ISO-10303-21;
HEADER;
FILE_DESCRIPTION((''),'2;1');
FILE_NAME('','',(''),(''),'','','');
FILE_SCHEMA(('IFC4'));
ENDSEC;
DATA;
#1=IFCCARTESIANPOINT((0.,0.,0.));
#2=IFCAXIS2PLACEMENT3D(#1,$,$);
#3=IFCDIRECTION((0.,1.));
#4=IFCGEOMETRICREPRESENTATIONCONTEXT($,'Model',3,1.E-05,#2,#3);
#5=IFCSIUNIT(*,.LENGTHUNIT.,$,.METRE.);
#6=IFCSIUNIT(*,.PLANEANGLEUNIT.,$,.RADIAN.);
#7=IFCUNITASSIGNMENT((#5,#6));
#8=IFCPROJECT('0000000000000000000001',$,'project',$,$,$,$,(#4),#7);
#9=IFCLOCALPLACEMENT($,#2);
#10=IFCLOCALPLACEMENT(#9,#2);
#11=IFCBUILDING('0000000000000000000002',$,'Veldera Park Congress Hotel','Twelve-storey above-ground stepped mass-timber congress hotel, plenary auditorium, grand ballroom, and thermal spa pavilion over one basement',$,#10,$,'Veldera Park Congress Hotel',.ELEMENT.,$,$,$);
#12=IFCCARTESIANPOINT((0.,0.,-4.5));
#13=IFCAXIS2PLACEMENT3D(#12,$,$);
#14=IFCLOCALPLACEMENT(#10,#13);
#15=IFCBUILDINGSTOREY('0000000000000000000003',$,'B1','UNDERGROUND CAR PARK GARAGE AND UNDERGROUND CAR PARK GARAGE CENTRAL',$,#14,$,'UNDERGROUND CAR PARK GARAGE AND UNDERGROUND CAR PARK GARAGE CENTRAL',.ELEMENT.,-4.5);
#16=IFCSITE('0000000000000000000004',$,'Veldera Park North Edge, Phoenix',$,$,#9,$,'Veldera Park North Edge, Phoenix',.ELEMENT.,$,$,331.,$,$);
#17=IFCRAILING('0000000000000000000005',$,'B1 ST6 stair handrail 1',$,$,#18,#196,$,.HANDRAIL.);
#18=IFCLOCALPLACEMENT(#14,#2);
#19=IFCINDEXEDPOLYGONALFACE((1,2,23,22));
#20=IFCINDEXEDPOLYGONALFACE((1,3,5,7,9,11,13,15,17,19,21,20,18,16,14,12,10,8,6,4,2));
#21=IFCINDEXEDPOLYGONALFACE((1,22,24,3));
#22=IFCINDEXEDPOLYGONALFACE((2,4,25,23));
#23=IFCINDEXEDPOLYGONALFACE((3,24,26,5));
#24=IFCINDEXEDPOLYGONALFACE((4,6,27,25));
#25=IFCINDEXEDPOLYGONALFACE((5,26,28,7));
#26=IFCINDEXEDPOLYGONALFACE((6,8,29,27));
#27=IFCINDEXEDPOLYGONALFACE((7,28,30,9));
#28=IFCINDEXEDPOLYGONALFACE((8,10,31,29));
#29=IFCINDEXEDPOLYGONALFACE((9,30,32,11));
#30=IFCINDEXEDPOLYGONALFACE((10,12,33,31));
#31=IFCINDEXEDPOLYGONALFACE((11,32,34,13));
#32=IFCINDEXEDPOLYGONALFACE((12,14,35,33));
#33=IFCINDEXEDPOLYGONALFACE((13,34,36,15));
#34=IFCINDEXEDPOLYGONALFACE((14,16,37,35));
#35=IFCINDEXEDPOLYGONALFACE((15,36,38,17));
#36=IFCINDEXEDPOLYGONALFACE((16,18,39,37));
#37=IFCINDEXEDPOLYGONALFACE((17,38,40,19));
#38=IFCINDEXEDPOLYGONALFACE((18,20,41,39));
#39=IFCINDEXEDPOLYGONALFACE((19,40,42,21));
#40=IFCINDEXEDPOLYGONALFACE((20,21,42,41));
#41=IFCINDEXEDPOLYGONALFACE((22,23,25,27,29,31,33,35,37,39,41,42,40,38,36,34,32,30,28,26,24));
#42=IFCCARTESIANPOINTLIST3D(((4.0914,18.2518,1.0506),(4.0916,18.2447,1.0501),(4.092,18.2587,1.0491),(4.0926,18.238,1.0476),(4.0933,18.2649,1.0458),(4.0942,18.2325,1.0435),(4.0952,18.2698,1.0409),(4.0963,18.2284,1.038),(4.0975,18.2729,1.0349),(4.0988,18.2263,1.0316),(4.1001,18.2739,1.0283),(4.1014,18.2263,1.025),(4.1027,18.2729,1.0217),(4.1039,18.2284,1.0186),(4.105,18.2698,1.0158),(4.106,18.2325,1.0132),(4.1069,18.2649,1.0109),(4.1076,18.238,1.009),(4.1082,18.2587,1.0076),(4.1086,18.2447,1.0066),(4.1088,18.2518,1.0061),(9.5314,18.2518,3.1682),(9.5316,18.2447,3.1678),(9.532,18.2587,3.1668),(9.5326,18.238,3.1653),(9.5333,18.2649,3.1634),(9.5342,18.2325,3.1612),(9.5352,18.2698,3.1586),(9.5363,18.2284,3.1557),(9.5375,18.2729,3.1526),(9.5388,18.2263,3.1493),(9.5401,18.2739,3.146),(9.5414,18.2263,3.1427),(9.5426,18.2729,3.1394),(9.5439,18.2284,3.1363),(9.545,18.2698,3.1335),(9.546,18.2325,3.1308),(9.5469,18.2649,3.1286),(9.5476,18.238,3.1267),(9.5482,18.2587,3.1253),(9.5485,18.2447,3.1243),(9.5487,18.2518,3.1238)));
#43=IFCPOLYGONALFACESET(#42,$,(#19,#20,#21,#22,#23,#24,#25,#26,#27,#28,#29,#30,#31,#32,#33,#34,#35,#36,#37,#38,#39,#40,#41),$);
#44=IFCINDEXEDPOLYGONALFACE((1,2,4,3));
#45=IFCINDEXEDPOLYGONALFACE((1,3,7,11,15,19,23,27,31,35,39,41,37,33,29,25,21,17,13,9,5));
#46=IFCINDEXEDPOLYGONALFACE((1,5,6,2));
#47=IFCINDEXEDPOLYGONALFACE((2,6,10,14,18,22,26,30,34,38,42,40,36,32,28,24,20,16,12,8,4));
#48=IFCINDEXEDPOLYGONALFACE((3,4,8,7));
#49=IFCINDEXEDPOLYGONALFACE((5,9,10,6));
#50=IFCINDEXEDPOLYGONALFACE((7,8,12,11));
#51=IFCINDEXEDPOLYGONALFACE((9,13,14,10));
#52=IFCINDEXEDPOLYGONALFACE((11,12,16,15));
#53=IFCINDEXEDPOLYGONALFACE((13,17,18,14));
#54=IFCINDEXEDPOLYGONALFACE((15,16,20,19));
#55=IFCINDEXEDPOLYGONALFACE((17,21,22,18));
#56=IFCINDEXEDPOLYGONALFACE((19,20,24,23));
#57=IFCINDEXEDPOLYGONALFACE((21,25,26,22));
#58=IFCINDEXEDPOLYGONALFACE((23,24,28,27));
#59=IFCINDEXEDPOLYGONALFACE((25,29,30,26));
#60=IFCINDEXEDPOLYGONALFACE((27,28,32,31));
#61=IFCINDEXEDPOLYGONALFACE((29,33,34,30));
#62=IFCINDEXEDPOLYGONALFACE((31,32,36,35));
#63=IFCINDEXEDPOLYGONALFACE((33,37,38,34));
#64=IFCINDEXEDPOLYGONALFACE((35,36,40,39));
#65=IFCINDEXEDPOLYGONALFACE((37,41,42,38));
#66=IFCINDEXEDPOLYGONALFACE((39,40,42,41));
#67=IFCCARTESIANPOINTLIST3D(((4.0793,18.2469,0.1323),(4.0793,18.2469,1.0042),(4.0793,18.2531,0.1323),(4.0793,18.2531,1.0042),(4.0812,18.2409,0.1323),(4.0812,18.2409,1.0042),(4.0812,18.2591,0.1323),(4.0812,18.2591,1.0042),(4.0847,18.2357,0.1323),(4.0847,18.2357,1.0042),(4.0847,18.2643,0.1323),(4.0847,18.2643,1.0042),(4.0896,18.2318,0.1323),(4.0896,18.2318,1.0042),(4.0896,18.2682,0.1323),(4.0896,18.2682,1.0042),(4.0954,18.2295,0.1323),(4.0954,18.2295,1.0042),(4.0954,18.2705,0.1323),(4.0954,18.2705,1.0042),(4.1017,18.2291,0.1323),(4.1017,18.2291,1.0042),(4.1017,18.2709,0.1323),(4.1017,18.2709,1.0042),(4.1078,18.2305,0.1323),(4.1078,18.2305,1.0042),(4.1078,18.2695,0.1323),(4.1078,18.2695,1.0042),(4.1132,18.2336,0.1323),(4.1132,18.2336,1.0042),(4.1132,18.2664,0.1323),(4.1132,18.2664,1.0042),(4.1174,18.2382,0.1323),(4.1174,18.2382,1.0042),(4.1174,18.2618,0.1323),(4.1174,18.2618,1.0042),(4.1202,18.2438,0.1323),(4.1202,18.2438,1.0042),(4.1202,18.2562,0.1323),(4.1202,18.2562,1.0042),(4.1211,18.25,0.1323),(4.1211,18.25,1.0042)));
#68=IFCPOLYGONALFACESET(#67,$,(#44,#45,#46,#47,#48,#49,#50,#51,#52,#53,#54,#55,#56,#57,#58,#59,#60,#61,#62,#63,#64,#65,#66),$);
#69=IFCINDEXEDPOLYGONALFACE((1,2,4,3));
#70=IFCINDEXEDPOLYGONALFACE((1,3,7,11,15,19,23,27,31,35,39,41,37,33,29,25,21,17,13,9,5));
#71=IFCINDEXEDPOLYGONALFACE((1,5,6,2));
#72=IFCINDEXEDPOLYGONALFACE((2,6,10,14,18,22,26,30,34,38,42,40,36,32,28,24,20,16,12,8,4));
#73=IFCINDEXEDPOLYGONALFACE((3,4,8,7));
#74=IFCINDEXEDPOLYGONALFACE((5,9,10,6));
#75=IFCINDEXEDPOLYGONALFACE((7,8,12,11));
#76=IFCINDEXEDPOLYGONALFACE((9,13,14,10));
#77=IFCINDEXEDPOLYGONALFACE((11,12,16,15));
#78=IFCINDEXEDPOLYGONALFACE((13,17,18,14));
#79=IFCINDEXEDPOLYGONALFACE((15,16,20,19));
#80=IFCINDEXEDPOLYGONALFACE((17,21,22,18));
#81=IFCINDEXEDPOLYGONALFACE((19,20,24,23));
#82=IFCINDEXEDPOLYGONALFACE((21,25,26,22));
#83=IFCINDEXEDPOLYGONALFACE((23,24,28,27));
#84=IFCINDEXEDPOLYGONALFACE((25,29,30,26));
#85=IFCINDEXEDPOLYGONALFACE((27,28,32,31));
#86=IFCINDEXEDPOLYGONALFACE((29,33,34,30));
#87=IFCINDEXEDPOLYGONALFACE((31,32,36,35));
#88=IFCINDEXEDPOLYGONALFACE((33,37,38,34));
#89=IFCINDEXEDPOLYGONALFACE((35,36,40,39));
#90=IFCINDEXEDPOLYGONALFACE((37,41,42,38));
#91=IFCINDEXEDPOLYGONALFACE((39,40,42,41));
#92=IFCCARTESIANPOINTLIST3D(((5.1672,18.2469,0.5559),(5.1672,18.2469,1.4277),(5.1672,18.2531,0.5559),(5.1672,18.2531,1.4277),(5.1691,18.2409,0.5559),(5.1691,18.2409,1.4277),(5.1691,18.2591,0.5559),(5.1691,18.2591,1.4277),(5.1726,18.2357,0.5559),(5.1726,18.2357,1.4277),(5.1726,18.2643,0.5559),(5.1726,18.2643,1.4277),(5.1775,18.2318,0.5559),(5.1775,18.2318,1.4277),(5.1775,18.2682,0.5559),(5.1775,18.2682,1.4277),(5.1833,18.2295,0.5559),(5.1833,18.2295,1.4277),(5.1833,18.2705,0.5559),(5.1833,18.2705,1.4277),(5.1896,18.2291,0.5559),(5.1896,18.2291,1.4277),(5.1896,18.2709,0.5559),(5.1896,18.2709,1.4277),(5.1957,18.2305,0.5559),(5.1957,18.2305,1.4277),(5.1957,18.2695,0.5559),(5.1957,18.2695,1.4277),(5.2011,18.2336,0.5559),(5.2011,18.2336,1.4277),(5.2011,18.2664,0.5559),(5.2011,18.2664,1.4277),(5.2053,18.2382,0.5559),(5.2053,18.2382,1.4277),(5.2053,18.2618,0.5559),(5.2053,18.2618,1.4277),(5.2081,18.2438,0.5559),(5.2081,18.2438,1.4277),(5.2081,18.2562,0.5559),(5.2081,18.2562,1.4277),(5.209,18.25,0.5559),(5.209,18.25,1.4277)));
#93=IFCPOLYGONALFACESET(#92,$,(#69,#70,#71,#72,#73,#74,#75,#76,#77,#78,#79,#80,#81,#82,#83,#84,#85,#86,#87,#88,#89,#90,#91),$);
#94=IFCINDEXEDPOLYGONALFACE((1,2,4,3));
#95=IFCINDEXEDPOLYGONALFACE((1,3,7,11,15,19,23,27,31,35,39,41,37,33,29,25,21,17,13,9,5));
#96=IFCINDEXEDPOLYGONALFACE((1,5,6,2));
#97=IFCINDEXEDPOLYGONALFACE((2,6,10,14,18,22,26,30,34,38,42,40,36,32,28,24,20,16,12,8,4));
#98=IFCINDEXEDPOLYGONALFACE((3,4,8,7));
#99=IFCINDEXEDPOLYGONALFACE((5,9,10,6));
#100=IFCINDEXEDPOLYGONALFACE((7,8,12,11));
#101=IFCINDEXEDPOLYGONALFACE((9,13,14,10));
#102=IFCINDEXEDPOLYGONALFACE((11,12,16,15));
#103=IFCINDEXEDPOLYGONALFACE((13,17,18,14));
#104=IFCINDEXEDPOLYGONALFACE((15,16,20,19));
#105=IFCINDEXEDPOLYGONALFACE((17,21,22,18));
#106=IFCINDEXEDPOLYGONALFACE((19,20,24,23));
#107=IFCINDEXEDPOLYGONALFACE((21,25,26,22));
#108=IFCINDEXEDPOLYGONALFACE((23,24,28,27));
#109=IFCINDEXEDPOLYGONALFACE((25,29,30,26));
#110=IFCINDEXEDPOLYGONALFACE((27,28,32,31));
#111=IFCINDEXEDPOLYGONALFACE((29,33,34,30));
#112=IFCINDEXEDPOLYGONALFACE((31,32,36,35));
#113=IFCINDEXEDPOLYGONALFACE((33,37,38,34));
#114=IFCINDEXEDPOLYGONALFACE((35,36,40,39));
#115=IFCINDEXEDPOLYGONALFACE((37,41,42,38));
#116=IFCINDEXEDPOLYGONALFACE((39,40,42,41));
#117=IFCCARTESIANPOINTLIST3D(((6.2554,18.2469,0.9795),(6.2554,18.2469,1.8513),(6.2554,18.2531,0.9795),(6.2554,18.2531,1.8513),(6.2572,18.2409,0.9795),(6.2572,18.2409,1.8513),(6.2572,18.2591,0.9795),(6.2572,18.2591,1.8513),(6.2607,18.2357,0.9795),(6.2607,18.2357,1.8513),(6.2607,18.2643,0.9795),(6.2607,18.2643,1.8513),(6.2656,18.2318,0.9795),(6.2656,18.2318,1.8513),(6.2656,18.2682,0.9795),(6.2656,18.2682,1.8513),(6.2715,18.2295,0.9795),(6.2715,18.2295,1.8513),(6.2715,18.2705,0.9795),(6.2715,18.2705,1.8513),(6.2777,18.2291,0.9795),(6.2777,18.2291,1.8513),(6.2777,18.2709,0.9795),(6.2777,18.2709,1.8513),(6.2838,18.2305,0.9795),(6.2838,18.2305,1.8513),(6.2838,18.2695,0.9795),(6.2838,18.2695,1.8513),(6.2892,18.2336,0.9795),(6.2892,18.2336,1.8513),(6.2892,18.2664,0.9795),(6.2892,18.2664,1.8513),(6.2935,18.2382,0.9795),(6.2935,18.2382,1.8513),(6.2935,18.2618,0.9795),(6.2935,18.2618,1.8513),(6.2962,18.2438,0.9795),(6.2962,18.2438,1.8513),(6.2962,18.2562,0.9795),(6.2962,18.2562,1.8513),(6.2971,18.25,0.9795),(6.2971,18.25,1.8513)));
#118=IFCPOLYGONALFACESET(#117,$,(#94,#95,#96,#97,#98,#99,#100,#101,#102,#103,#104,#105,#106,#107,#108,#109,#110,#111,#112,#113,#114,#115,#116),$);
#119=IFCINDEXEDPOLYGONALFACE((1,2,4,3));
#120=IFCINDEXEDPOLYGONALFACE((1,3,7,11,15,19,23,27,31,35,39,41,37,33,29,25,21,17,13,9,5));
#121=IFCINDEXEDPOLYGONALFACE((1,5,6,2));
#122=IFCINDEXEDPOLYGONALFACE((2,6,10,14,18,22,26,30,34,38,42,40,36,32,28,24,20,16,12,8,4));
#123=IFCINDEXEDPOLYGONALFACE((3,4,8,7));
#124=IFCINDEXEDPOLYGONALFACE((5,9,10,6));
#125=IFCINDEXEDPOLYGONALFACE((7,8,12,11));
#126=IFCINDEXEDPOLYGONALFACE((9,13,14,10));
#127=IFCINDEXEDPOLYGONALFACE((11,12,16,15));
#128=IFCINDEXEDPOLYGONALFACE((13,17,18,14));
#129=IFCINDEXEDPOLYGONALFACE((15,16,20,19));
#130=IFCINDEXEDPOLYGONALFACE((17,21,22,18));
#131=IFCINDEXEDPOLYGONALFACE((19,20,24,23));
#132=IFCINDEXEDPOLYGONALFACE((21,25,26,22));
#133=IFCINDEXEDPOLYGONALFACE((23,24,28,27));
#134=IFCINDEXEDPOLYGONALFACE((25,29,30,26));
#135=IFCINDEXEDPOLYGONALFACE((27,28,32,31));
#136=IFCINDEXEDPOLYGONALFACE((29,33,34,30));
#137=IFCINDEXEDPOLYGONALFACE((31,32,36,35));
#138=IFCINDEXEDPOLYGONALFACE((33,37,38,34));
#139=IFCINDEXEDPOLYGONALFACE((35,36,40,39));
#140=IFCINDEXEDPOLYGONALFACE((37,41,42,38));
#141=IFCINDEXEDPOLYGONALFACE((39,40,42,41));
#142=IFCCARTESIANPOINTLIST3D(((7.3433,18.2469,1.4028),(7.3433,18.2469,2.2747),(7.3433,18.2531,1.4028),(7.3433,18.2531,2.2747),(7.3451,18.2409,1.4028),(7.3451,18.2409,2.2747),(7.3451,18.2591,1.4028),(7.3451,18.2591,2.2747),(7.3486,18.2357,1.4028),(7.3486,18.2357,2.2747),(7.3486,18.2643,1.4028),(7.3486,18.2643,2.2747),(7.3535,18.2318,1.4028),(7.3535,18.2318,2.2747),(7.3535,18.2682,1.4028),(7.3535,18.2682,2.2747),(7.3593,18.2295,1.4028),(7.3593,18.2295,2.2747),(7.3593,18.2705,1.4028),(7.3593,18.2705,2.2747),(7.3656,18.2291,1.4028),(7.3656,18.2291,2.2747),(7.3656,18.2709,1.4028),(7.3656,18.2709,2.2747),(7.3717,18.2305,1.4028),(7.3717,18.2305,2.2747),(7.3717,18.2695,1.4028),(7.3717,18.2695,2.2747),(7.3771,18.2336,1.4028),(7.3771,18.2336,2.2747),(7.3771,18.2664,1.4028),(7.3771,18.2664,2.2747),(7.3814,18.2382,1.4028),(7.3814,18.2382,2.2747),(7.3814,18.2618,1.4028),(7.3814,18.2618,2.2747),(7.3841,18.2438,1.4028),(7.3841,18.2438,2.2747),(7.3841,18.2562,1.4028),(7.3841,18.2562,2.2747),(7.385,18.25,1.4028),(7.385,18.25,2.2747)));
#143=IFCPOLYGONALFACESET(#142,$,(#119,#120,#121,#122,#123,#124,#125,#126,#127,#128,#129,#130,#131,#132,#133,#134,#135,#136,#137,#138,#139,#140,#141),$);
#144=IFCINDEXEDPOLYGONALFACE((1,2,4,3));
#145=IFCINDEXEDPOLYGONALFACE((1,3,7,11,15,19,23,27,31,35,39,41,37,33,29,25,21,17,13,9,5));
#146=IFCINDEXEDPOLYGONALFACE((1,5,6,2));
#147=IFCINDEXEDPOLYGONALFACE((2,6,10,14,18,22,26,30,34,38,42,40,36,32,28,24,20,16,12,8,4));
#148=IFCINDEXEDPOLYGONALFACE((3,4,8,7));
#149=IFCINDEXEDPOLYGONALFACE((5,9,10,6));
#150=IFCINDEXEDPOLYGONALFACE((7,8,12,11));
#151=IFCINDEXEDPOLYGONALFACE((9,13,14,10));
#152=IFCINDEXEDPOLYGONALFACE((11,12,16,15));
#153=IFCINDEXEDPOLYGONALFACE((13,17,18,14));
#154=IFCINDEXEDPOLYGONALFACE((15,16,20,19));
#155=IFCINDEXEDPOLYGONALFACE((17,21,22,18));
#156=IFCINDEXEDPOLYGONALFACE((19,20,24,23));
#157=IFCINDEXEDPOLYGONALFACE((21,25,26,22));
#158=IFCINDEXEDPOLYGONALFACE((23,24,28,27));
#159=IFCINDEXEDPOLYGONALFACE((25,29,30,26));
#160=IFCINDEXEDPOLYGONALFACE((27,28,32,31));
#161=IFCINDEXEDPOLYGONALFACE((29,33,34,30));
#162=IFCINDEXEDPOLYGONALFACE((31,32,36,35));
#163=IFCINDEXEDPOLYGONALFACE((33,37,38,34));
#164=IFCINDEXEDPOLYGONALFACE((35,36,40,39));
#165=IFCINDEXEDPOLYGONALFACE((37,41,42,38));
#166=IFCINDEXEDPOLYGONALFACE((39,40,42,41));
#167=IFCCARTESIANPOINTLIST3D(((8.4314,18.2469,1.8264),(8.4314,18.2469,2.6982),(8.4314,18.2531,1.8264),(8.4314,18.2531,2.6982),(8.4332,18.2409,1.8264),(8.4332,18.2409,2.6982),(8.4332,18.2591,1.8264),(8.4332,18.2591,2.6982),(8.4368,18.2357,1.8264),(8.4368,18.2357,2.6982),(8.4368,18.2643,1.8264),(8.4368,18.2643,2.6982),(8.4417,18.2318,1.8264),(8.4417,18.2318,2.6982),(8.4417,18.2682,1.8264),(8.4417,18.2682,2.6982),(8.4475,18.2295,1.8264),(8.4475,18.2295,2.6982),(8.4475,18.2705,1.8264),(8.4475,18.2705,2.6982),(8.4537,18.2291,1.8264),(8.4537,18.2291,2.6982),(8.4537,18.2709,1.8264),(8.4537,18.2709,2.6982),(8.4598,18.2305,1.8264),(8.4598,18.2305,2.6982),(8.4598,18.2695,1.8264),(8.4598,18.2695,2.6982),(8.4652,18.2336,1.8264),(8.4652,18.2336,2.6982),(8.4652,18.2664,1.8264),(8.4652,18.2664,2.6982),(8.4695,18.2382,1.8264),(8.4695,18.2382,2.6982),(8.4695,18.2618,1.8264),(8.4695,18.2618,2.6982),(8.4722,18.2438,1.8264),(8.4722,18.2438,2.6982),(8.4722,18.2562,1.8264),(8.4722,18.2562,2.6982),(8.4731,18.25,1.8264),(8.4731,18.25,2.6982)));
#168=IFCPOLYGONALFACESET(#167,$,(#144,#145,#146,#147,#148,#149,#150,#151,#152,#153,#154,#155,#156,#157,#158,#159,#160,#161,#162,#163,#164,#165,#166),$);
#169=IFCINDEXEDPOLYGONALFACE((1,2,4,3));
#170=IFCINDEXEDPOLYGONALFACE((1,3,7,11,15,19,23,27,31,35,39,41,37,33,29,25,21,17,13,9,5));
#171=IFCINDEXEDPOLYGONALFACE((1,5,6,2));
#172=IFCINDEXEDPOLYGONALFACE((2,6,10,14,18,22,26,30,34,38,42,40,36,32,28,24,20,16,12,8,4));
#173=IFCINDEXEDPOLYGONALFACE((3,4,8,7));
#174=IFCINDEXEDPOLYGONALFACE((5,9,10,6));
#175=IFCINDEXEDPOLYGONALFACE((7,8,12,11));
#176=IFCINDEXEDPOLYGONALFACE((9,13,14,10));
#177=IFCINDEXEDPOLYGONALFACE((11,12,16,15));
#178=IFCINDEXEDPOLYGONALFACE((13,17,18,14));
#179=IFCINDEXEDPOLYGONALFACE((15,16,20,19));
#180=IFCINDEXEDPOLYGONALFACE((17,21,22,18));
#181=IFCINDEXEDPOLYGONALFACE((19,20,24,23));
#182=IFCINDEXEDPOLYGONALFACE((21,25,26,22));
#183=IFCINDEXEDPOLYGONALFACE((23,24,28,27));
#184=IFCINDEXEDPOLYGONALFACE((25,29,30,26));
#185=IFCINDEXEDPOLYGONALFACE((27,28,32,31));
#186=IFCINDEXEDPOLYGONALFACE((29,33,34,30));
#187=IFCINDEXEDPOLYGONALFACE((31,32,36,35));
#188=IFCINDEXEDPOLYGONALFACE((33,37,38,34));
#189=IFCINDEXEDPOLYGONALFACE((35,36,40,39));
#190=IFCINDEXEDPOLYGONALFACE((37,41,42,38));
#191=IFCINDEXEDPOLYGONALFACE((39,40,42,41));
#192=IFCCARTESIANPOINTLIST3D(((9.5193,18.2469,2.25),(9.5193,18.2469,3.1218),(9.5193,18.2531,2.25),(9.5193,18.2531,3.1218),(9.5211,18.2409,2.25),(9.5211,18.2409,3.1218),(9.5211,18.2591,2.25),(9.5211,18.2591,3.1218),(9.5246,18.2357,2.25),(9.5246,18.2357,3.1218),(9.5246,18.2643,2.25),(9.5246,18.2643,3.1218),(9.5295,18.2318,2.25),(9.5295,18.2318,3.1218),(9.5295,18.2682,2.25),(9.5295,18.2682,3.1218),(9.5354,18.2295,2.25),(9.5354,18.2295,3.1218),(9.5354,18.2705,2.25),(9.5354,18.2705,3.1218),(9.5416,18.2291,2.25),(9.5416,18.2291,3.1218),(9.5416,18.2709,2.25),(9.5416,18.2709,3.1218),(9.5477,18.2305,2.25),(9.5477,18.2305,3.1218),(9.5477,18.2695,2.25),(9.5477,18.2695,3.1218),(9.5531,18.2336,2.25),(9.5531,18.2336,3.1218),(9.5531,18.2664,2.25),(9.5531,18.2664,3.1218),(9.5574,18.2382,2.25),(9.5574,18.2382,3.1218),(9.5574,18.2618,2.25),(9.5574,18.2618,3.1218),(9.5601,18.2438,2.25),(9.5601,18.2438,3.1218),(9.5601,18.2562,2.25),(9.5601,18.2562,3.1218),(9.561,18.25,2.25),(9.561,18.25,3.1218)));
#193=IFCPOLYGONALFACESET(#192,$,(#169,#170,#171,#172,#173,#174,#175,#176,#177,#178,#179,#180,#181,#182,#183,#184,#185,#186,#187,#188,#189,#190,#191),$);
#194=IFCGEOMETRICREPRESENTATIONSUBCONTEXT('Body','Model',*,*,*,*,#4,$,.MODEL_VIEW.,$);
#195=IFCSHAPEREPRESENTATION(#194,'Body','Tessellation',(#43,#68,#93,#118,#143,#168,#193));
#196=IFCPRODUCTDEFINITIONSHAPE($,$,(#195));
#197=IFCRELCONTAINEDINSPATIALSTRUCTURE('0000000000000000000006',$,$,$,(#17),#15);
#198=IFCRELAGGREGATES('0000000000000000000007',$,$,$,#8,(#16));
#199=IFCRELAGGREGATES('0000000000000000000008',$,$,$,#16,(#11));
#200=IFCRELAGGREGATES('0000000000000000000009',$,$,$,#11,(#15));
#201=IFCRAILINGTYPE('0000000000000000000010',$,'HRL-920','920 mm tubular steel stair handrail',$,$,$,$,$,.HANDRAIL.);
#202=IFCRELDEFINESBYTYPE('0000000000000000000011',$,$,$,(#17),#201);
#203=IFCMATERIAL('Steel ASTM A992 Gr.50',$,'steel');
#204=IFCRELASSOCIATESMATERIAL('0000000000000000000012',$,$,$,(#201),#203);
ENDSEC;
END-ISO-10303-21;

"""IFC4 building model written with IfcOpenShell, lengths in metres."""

from ifc_helpers import new_model, si_unit, direction, frame, origin, origin_2d, place, context, subcontext, project, spatial, circle, extrude, material, type_object, element, save


model = new_model("IFC4")

# Units and contexts
model_context = context("Model", 3, precision=1e-05, world=origin(), true_north=direction((0.0, 1.0)))
body_context = subcontext(model_context, "Body", "Model", "MODEL_VIEW")
ifc_project = project(units=[si_unit("LENGTHUNIT", "METRE"), si_unit("PLANEANGLEUNIT", "RADIAN")], contexts=[model_context])

# Site, building, storey
site_placement = place(None, origin())
site = spatial("IfcSite", under=ifc_project, at=site_placement, Name="Veldera Park North Edge, Phoenix", LongName="Veldera Park North Edge, Phoenix", CompositionType="ELEMENT", RefElevation=331.0)
building_placement = place(site_placement, origin())
building = spatial("IfcBuilding", under=site, at=building_placement, Name="Veldera Park Congress Hotel", Description="Twelve-storey above-ground stepped mass-timber congress hotel, plenary auditorium, grand ballroom, and thermal spa pavilion over one basement", LongName="Veldera Park Congress Hotel", CompositionType="ELEMENT")
storey_placement = place(building_placement, frame((0.0, 0.0, -4.5)))
storey = spatial("IfcBuildingStorey", under=building, at=storey_placement, Name="B1", Description="UNDERGROUND CAR PARK GARAGE AND UNDERGROUND CAR PARK GARAGE CENTRAL", LongName="UNDERGROUND CAR PARK GARAGE AND UNDERGROUND CAR PARK GARAGE CENTRAL", CompositionType="ELEMENT", Elevation=-4.5)

# Railing
ifc_material_1 = material(Name="Steel ASTM A992 Gr.50", Category="steel")
railing_type_1 = type_object("IfcRailingType", Name="HRL-920", Description="920 mm tubular steel stair handrail", PredefinedType="HANDRAIL", material=ifc_material_1)
railing_1_placement = place(storey_placement, frame((4.1001, 18.25, 0.1323)))
element("IfcRailing", 1, at=railing_1_placement, inside=storey, type_object=railing_type_1, Name="B1 ST6 stair handrail 1", PredefinedType="HANDRAIL", context=body_context, shape_type="SweptSolid", body=[
    extrude(circle(Radius=0.0239, at=origin_2d()), frame((0.0, 0.0, 0.896), z_axis=(0.931881, 0.0, 0.362765), x_axis=(0.0, 1.0, 0.0)), (0.0, 0.0, 1.0), 5.8376),
    extrude(circle(Radius=0.021, at=origin_2d()), origin(), (0.0, 0.0, 1.0), 0.8718),
    extrude(circle(Radius=0.021, at=origin_2d()), frame((1.0879, 0.0, 0.4236)), (0.0, 0.0, 1.0), 0.8718),
    extrude(circle(Radius=0.021, at=origin_2d()), frame((2.176, 0.0, 0.8472)), (0.0, 0.0, 1.0), 0.8718),
    extrude(circle(Radius=0.021, at=origin_2d()), frame((3.2639, 0.0, 1.2705)), (0.0, 0.0, 1.0), 0.8718),
    extrude(circle(Radius=0.021, at=origin_2d()), frame((4.3521, 0.0, 1.6941)), (0.0, 0.0, 1.0), 0.8718),
    extrude(circle(Radius=0.021, at=origin_2d()), frame((5.4399, 0.0, 2.1177)), (0.0, 0.0, 1.0), 0.8718),
])

save(model, "model.ifc")
